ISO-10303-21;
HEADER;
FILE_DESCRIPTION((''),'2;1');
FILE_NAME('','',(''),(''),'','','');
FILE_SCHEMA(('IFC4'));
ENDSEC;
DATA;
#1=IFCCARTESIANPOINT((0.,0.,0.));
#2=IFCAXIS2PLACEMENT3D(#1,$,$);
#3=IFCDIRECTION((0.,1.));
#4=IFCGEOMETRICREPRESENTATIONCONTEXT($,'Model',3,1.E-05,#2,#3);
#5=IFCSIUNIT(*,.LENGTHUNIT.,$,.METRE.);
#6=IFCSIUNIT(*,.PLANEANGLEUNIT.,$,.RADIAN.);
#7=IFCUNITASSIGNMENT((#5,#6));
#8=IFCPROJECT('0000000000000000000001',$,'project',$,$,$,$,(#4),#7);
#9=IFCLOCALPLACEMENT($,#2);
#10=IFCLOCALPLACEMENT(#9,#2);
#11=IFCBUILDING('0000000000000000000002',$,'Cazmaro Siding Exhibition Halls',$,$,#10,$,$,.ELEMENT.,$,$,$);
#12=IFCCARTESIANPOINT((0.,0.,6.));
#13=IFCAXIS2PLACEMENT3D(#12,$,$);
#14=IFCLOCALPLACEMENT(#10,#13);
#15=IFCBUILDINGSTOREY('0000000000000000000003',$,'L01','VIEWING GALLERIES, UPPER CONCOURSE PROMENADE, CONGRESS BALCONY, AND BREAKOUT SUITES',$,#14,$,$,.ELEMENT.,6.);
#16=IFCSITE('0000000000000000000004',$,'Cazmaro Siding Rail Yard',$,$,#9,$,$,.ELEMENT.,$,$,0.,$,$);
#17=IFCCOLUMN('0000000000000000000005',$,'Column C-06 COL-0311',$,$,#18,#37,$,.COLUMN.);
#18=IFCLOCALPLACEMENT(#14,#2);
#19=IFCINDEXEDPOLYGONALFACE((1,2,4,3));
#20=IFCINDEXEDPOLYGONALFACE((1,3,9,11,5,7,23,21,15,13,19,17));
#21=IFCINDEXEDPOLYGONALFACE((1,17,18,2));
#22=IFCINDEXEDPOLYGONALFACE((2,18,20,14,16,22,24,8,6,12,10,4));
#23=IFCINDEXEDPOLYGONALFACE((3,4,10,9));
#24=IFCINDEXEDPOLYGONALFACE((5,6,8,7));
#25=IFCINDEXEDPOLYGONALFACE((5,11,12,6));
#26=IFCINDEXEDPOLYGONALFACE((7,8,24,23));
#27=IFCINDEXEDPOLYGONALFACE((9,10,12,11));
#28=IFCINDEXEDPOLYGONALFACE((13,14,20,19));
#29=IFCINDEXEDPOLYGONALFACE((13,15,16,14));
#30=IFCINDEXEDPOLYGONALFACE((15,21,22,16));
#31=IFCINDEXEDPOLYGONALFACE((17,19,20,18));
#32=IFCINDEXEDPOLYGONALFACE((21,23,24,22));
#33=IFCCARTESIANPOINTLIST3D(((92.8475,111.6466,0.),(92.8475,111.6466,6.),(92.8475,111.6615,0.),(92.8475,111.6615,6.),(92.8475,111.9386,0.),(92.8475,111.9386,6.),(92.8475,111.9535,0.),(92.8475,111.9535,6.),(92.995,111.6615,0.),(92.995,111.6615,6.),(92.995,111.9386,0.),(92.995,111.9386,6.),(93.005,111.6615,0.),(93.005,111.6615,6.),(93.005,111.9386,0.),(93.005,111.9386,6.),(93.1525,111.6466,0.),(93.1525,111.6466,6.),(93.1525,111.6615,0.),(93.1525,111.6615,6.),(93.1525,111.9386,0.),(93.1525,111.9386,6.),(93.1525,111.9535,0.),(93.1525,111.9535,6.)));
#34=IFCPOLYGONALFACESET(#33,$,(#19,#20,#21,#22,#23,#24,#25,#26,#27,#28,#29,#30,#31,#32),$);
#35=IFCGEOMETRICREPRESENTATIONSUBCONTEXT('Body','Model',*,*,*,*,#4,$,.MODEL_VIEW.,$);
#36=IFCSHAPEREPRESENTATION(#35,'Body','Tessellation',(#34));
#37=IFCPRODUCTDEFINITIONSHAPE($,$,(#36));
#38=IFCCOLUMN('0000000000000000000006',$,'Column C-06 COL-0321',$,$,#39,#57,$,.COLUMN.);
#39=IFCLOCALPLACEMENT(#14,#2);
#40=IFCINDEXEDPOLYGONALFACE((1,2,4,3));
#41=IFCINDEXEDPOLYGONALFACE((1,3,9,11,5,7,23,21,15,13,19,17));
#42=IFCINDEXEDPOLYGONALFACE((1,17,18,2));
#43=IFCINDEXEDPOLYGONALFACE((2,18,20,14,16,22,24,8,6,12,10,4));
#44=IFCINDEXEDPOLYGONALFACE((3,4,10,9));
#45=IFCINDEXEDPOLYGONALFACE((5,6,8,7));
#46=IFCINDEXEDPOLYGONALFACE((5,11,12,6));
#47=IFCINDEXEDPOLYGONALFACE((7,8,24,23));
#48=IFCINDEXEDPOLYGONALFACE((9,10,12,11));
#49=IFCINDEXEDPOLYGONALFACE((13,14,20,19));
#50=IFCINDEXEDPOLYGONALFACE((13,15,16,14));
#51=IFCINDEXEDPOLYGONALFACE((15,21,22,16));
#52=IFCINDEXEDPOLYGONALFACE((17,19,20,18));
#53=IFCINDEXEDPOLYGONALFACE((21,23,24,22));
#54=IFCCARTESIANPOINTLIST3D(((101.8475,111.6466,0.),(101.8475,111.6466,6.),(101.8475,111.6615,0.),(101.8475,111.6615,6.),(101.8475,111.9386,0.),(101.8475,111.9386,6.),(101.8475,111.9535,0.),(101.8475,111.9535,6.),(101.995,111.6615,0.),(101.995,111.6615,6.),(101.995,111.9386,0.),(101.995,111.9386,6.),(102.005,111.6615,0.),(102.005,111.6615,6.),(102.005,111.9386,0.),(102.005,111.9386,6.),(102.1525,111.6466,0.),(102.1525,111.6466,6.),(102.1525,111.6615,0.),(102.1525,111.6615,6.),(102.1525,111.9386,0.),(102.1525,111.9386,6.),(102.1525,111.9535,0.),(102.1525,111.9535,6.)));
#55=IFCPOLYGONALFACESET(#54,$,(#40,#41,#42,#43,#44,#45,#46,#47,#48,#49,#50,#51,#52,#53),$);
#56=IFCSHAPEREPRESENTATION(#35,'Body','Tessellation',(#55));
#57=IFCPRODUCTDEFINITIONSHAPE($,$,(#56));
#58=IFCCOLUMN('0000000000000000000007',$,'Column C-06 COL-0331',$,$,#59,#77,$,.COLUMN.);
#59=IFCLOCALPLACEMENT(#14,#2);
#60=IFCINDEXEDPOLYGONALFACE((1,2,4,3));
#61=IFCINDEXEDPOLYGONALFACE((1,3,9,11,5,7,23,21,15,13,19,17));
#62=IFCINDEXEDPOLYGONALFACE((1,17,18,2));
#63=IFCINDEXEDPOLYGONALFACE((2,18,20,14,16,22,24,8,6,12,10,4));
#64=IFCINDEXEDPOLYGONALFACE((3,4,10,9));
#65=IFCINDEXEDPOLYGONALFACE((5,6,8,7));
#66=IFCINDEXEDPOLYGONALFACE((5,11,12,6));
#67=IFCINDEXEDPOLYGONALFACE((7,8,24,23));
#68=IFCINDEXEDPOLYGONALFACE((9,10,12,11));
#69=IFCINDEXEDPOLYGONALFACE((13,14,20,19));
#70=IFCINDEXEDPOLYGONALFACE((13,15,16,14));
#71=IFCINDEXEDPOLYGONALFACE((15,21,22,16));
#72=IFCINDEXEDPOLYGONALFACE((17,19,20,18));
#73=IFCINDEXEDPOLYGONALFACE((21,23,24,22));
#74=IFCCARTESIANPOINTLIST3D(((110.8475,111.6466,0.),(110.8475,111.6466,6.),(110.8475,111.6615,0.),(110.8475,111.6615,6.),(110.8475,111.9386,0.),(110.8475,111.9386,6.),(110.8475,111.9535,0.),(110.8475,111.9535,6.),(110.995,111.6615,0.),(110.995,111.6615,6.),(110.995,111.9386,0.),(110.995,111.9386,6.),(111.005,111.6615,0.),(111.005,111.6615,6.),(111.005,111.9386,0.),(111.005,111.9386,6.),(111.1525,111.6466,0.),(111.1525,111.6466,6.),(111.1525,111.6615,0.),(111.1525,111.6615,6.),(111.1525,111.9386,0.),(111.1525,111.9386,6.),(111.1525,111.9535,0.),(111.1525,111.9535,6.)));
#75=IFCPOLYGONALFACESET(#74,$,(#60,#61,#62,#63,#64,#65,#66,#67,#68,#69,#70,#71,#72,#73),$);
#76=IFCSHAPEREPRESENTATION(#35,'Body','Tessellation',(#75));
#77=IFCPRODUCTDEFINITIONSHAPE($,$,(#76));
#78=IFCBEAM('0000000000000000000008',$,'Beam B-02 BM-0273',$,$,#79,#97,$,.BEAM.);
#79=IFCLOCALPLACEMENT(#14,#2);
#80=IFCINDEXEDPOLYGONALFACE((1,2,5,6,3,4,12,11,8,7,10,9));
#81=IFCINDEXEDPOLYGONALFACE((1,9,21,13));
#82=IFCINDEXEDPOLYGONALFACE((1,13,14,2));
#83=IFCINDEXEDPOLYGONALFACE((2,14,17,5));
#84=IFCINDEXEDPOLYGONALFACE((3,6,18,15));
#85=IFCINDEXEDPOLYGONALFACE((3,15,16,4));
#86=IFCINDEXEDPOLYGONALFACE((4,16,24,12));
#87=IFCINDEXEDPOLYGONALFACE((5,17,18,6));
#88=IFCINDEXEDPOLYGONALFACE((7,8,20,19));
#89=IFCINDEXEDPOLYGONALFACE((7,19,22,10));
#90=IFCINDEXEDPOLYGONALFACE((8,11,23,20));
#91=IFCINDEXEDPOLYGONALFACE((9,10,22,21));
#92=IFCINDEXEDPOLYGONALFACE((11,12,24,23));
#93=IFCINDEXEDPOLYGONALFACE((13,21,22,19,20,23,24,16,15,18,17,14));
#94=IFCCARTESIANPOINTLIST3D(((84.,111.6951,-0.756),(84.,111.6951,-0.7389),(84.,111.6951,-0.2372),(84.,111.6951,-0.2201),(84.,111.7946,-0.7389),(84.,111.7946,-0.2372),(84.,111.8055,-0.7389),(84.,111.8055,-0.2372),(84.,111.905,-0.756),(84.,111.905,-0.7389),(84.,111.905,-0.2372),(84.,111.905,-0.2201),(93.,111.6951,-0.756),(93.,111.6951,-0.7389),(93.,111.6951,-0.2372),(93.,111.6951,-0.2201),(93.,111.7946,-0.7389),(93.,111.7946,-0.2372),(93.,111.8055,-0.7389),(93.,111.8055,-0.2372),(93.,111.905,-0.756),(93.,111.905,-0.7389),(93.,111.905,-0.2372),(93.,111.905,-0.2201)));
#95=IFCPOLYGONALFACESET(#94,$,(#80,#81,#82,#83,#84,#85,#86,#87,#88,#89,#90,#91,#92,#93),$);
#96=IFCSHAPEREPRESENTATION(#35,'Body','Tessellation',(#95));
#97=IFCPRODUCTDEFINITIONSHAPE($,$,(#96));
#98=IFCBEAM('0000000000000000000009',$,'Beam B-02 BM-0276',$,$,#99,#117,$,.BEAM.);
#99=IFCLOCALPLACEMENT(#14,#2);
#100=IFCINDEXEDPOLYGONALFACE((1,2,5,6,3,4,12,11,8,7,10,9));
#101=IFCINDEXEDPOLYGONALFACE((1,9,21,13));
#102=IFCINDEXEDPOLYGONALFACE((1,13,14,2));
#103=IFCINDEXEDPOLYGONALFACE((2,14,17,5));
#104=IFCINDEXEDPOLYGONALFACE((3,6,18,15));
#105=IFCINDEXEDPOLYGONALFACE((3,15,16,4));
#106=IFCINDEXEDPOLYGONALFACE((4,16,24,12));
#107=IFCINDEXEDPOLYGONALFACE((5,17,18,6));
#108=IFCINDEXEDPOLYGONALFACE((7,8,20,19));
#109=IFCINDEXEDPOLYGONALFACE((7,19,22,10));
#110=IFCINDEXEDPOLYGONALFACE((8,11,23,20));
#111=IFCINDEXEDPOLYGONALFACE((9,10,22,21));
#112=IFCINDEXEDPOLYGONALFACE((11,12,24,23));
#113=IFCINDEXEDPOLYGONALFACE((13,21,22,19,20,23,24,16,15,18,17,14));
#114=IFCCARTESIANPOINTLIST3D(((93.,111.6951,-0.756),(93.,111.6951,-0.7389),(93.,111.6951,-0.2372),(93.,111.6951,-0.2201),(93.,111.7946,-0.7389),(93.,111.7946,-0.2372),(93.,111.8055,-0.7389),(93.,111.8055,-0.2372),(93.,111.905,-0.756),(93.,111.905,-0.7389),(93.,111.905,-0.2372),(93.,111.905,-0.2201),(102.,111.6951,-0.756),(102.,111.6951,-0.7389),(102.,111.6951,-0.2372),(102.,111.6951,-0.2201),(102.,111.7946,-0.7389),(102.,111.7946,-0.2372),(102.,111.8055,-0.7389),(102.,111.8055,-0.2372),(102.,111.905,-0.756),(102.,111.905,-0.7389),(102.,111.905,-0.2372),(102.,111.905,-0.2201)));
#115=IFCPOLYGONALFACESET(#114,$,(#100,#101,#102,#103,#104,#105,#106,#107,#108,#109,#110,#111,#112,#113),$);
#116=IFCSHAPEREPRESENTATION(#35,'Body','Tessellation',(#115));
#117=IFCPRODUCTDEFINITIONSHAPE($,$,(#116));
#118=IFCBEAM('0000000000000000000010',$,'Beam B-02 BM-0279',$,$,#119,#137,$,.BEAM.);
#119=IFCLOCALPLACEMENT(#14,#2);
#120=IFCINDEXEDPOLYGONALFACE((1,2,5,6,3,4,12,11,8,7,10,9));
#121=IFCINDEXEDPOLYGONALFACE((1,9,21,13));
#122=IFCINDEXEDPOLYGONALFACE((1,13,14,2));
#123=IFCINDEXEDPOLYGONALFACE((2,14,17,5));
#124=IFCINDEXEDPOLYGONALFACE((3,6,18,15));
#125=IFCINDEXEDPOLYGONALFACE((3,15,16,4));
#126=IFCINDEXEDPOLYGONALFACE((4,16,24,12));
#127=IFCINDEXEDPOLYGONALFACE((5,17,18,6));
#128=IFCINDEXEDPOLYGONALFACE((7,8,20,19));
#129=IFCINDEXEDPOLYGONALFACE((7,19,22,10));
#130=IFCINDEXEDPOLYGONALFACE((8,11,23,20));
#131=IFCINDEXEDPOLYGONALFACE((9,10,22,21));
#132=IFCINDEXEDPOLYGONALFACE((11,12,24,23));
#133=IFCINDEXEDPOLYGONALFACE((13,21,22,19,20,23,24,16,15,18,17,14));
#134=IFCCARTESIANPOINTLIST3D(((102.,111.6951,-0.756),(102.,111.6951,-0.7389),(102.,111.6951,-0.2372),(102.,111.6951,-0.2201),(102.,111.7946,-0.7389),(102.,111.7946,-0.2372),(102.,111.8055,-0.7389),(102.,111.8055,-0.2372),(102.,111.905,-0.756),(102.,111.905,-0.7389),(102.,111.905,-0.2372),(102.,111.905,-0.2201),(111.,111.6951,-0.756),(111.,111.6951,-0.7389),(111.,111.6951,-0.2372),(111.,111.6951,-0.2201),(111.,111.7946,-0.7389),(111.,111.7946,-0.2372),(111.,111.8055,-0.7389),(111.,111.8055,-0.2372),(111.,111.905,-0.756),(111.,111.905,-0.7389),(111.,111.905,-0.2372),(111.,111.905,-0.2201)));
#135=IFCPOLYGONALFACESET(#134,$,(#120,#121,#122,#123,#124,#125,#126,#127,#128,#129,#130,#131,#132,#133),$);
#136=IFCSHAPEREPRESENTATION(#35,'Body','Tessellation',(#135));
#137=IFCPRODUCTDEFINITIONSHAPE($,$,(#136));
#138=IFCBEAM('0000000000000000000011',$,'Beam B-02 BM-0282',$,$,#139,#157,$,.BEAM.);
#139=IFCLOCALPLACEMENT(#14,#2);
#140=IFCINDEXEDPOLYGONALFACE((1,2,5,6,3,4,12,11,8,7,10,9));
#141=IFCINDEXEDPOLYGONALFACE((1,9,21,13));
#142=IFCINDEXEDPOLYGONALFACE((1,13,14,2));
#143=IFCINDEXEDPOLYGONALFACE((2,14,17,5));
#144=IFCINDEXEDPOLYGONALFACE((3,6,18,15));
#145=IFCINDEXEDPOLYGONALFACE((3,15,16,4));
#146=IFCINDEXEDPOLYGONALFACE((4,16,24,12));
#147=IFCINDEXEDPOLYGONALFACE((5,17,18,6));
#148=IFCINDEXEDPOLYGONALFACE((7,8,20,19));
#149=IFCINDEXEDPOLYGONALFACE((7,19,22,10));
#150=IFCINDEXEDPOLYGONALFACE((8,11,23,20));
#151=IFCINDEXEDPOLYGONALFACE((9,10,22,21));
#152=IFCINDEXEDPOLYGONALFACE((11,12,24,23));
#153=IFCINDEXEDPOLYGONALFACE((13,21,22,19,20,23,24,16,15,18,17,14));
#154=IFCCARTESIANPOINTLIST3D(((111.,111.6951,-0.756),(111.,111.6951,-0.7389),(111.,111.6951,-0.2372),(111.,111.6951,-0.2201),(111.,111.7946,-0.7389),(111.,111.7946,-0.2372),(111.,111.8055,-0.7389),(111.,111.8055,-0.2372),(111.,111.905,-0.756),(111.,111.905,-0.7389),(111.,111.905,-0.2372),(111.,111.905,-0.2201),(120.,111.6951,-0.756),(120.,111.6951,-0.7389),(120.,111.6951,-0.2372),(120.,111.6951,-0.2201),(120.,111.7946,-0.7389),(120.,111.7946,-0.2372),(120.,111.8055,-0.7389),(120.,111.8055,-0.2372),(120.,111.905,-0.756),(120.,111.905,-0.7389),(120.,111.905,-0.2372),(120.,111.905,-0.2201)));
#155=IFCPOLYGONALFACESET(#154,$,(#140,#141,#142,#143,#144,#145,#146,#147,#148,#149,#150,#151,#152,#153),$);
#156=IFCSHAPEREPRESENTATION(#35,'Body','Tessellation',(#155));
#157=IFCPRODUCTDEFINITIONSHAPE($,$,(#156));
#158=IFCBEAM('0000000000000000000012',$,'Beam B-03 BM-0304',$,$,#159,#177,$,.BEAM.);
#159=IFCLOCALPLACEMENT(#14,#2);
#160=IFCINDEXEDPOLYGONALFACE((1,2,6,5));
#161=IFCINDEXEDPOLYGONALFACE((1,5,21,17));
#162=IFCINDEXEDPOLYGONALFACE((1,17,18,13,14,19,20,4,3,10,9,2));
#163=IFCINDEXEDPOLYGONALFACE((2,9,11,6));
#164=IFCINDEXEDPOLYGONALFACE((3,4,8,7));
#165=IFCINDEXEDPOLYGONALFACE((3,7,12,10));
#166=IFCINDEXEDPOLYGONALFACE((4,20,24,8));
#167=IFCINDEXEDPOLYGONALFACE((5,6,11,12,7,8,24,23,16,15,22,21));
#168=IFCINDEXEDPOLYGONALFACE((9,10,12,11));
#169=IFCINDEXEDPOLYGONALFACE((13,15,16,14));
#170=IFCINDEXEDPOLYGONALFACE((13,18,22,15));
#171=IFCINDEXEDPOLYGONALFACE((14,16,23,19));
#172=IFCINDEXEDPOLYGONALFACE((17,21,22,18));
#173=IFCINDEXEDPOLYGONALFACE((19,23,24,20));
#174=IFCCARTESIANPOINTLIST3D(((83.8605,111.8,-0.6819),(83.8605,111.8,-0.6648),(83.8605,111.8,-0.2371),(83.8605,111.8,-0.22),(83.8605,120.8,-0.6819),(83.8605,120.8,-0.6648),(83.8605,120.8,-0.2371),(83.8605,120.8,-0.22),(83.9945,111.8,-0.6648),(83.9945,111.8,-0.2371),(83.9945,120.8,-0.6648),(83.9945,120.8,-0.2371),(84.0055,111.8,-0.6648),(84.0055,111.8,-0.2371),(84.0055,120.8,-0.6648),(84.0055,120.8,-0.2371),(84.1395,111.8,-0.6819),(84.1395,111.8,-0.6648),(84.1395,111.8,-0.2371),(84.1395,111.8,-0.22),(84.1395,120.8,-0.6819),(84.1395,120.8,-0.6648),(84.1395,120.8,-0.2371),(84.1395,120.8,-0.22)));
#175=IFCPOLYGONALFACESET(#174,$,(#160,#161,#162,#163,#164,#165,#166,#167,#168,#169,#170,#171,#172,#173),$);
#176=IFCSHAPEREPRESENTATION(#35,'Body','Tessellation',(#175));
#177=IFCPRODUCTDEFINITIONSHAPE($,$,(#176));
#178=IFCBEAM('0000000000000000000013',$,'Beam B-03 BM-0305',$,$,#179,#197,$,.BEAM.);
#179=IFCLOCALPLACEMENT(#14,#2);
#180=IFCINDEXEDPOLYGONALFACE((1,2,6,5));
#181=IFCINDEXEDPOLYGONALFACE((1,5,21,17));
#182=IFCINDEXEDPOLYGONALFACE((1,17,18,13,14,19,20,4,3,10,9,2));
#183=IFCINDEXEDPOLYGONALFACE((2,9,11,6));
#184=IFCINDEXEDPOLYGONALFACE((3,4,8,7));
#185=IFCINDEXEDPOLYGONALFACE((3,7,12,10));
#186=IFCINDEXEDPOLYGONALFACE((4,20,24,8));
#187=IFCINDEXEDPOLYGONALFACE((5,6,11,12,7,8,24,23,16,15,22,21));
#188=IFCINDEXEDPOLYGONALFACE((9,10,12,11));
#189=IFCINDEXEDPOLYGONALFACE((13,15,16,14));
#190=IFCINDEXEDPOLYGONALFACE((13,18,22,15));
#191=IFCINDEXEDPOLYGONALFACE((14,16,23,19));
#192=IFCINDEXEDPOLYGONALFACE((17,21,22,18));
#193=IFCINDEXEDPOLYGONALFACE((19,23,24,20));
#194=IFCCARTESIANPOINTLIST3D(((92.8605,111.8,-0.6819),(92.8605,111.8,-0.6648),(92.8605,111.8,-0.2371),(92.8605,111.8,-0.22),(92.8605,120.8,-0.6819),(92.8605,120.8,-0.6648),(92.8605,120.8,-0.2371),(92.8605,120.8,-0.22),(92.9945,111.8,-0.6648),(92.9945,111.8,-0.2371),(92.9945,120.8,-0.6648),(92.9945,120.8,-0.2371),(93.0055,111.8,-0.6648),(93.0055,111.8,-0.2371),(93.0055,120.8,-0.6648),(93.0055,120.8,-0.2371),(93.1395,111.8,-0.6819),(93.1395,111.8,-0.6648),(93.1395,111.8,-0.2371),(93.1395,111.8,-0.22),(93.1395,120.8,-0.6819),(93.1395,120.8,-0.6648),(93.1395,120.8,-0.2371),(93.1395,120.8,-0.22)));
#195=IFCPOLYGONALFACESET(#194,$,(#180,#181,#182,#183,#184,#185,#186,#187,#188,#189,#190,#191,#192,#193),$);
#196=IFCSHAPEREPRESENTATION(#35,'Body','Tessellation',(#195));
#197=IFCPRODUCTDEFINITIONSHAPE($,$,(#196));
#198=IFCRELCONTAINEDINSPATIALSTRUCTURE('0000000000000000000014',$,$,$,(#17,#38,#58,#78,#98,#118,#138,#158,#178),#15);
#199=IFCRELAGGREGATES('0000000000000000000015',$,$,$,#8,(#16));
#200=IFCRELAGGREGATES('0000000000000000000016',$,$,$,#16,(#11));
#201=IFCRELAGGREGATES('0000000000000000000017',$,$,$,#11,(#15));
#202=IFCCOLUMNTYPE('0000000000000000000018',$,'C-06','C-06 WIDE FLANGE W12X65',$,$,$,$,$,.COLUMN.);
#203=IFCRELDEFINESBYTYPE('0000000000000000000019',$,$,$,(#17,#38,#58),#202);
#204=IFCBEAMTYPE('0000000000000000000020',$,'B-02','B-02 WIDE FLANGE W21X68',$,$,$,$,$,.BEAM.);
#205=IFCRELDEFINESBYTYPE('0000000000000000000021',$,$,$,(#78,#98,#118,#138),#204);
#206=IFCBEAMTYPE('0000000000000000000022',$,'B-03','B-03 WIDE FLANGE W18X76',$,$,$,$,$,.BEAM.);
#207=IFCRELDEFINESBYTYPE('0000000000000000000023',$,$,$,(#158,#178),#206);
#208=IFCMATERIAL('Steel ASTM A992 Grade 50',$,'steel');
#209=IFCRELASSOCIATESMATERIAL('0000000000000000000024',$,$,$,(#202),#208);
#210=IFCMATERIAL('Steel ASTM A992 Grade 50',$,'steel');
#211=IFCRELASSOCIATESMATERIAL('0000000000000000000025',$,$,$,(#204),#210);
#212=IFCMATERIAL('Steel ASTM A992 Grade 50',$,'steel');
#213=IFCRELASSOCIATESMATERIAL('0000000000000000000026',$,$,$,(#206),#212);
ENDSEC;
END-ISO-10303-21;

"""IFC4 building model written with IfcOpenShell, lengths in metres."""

from ifc_helpers import new_model, si_unit, direction, frame, origin, origin_2d, place, context, subcontext, project, spatial, i_section, extrude, material, material_profile, profile_set, type_object, element, save


model = new_model("IFC4")

# Units and contexts
model_context = context("Model", 3, precision=1e-05, world=origin(), true_north=direction((0.0, 1.0)))
body_context = subcontext(model_context, "Body", "Model", "MODEL_VIEW")
ifc_project = project(units=[si_unit("LENGTHUNIT", "METRE"), si_unit("PLANEANGLEUNIT", "RADIAN")], contexts=[model_context])

# Site, building, storey
site_placement = place(None, origin())
site = spatial("IfcSite", under=ifc_project, at=site_placement, Name="Cazmaro Siding Rail Yard", CompositionType="ELEMENT", RefElevation=0.0)
building_placement = place(site_placement, origin())
building = spatial("IfcBuilding", under=site, at=building_placement, Name="Cazmaro Siding Exhibition Halls", CompositionType="ELEMENT")
storey_placement = place(building_placement, frame((0.0, 0.0, 6.0)))
storey = spatial("IfcBuildingStorey", under=building, at=storey_placement, Name="L01", Description="VIEWING GALLERIES, UPPER CONCOURSE PROMENADE, CONGRESS BALCONY, AND BREAKOUT SUITES", CompositionType="ELEMENT", Elevation=6.0)

# Columns
ifc_material_1 = material(Name="Steel ASTM A992 Grade 50", Category="steel")
ifc_material_profile_1 = material_profile(ifc_material_1, i_section(OverallWidth=0.3049, OverallDepth=0.3069, WebThickness=0.01, FlangeThickness=0.0149, at=origin_2d()), Name="W12X65")
ifc_profile_set_1 = profile_set([ifc_material_profile_1], Name="Steel ASTM A992 Grade 50")
column_type = type_object("IfcColumnType", Name="C-06", Description="C-06 WIDE FLANGE W12X65", PredefinedType="COLUMN", material=ifc_profile_set_1)
for number, where, z_axis, x_axis, name in (
    (1, (93.0, 111.8, 0.0), (0.0, 0.0, 1.0), (1.0, 0.0, 0.0), "Column C-06 COL-0311"),
    (2, (102.0, 111.8, 0.0), (0.0, 0.0, 1.0), (1.0, 0.0, 0.0), "Column C-06 COL-0321"),
    (3, (111.0, 111.8, 0.0), (0.0, 0.0, 1.0), (1.0, 0.0, 0.0), "Column C-06 COL-0331"),
):
    element("IfcColumn", number, at=place(storey_placement, frame(where, z_axis=z_axis, x_axis=x_axis)), inside=storey, type_object=column_type, Name=name, PredefinedType="COLUMN", context=body_context, shape_type="SweptSolid", body=[
        extrude(i_section(OverallWidth=0.3049, OverallDepth=0.3069, WebThickness=0.01, FlangeThickness=0.0149, at=origin_2d()), origin(), (0.0, 0.0, 1.0), 6.0),
    ])

# Beams
ifc_material_2 = material(Name="Steel ASTM A992 Grade 50", Category="steel")
ifc_material_profile_2 = material_profile(ifc_material_2, i_section(OverallWidth=0.21, OverallDepth=0.5359, WebThickness=0.011, FlangeThickness=0.0171, at=origin_2d()), Name="W21X68")
ifc_profile_set_2 = profile_set([ifc_material_profile_2], Name="Steel ASTM A992 Grade 50")
beam_type_1 = type_object("IfcBeamType", Name="B-02", Description="B-02 WIDE FLANGE W21X68", PredefinedType="BEAM", material=ifc_profile_set_2)
for number, where, z_axis, x_axis, name in (
    (4, (84.0, 111.8, -0.488), (1.0, 0.0, 0.0), (0.0, 1.0, 0.0), "Beam B-02 BM-0273"),
    (5, (93.0, 111.8, -0.488), (1.0, 0.0, 0.0), (0.0, 1.0, 0.0), "Beam B-02 BM-0276"),
    (6, (102.0, 111.8, -0.488), (1.0, 0.0, 0.0), (0.0, 1.0, 0.0), "Beam B-02 BM-0279"),
    (7, (111.0, 111.8, -0.488), (1.0, 0.0, 0.0), (0.0, 1.0, 0.0), "Beam B-02 BM-0282"),
):
    element("IfcBeam", number, at=place(storey_placement, frame(where, z_axis=z_axis, x_axis=x_axis)), inside=storey, type_object=beam_type_1, Name=name, PredefinedType="BEAM", context=body_context, shape_type="SweptSolid", body=[
        extrude(i_section(OverallWidth=0.21, OverallDepth=0.5359, WebThickness=0.011, FlangeThickness=0.0171, at=origin_2d()), origin(), (0.0, 0.0, 1.0), 9.0),
    ])
ifc_material_3 = material(Name="Steel ASTM A992 Grade 50", Category="steel")
ifc_material_profile_3 = material_profile(ifc_material_3, i_section(OverallWidth=0.2791, OverallDepth=0.4619, WebThickness=0.011, FlangeThickness=0.0171, at=origin_2d()), Name="W18X76")
ifc_profile_set_3 = profile_set([ifc_material_profile_3], Name="Steel ASTM A992 Grade 50")
beam_type_2 = type_object("IfcBeamType", Name="B-03", Description="B-03 WIDE FLANGE W18X76", PredefinedType="BEAM", material=ifc_profile_set_3)
for number, where, z_axis, x_axis, name in (
    (8, (84.0, 111.8, -0.4509), (0.0, 1.0, 0.0), (-1.0, 0.0, 0.0), "Beam B-03 BM-0304"),
    (9, (93.0, 111.8, -0.4509), (0.0, 1.0, 0.0), (-1.0, 0.0, 0.0), "Beam B-03 BM-0305"),
):
    element("IfcBeam", number, at=place(storey_placement, frame(where, z_axis=z_axis, x_axis=x_axis)), inside=storey, type_object=beam_type_2, Name=name, PredefinedType="BEAM", context=body_context, shape_type="SweptSolid", body=[
        extrude(i_section(OverallWidth=0.2791, OverallDepth=0.4619, WebThickness=0.011, FlangeThickness=0.0171, at=origin_2d()), origin(), (0.0, 0.0, 1.0), 9.0),
    ])

save(model, "model.ifc")
